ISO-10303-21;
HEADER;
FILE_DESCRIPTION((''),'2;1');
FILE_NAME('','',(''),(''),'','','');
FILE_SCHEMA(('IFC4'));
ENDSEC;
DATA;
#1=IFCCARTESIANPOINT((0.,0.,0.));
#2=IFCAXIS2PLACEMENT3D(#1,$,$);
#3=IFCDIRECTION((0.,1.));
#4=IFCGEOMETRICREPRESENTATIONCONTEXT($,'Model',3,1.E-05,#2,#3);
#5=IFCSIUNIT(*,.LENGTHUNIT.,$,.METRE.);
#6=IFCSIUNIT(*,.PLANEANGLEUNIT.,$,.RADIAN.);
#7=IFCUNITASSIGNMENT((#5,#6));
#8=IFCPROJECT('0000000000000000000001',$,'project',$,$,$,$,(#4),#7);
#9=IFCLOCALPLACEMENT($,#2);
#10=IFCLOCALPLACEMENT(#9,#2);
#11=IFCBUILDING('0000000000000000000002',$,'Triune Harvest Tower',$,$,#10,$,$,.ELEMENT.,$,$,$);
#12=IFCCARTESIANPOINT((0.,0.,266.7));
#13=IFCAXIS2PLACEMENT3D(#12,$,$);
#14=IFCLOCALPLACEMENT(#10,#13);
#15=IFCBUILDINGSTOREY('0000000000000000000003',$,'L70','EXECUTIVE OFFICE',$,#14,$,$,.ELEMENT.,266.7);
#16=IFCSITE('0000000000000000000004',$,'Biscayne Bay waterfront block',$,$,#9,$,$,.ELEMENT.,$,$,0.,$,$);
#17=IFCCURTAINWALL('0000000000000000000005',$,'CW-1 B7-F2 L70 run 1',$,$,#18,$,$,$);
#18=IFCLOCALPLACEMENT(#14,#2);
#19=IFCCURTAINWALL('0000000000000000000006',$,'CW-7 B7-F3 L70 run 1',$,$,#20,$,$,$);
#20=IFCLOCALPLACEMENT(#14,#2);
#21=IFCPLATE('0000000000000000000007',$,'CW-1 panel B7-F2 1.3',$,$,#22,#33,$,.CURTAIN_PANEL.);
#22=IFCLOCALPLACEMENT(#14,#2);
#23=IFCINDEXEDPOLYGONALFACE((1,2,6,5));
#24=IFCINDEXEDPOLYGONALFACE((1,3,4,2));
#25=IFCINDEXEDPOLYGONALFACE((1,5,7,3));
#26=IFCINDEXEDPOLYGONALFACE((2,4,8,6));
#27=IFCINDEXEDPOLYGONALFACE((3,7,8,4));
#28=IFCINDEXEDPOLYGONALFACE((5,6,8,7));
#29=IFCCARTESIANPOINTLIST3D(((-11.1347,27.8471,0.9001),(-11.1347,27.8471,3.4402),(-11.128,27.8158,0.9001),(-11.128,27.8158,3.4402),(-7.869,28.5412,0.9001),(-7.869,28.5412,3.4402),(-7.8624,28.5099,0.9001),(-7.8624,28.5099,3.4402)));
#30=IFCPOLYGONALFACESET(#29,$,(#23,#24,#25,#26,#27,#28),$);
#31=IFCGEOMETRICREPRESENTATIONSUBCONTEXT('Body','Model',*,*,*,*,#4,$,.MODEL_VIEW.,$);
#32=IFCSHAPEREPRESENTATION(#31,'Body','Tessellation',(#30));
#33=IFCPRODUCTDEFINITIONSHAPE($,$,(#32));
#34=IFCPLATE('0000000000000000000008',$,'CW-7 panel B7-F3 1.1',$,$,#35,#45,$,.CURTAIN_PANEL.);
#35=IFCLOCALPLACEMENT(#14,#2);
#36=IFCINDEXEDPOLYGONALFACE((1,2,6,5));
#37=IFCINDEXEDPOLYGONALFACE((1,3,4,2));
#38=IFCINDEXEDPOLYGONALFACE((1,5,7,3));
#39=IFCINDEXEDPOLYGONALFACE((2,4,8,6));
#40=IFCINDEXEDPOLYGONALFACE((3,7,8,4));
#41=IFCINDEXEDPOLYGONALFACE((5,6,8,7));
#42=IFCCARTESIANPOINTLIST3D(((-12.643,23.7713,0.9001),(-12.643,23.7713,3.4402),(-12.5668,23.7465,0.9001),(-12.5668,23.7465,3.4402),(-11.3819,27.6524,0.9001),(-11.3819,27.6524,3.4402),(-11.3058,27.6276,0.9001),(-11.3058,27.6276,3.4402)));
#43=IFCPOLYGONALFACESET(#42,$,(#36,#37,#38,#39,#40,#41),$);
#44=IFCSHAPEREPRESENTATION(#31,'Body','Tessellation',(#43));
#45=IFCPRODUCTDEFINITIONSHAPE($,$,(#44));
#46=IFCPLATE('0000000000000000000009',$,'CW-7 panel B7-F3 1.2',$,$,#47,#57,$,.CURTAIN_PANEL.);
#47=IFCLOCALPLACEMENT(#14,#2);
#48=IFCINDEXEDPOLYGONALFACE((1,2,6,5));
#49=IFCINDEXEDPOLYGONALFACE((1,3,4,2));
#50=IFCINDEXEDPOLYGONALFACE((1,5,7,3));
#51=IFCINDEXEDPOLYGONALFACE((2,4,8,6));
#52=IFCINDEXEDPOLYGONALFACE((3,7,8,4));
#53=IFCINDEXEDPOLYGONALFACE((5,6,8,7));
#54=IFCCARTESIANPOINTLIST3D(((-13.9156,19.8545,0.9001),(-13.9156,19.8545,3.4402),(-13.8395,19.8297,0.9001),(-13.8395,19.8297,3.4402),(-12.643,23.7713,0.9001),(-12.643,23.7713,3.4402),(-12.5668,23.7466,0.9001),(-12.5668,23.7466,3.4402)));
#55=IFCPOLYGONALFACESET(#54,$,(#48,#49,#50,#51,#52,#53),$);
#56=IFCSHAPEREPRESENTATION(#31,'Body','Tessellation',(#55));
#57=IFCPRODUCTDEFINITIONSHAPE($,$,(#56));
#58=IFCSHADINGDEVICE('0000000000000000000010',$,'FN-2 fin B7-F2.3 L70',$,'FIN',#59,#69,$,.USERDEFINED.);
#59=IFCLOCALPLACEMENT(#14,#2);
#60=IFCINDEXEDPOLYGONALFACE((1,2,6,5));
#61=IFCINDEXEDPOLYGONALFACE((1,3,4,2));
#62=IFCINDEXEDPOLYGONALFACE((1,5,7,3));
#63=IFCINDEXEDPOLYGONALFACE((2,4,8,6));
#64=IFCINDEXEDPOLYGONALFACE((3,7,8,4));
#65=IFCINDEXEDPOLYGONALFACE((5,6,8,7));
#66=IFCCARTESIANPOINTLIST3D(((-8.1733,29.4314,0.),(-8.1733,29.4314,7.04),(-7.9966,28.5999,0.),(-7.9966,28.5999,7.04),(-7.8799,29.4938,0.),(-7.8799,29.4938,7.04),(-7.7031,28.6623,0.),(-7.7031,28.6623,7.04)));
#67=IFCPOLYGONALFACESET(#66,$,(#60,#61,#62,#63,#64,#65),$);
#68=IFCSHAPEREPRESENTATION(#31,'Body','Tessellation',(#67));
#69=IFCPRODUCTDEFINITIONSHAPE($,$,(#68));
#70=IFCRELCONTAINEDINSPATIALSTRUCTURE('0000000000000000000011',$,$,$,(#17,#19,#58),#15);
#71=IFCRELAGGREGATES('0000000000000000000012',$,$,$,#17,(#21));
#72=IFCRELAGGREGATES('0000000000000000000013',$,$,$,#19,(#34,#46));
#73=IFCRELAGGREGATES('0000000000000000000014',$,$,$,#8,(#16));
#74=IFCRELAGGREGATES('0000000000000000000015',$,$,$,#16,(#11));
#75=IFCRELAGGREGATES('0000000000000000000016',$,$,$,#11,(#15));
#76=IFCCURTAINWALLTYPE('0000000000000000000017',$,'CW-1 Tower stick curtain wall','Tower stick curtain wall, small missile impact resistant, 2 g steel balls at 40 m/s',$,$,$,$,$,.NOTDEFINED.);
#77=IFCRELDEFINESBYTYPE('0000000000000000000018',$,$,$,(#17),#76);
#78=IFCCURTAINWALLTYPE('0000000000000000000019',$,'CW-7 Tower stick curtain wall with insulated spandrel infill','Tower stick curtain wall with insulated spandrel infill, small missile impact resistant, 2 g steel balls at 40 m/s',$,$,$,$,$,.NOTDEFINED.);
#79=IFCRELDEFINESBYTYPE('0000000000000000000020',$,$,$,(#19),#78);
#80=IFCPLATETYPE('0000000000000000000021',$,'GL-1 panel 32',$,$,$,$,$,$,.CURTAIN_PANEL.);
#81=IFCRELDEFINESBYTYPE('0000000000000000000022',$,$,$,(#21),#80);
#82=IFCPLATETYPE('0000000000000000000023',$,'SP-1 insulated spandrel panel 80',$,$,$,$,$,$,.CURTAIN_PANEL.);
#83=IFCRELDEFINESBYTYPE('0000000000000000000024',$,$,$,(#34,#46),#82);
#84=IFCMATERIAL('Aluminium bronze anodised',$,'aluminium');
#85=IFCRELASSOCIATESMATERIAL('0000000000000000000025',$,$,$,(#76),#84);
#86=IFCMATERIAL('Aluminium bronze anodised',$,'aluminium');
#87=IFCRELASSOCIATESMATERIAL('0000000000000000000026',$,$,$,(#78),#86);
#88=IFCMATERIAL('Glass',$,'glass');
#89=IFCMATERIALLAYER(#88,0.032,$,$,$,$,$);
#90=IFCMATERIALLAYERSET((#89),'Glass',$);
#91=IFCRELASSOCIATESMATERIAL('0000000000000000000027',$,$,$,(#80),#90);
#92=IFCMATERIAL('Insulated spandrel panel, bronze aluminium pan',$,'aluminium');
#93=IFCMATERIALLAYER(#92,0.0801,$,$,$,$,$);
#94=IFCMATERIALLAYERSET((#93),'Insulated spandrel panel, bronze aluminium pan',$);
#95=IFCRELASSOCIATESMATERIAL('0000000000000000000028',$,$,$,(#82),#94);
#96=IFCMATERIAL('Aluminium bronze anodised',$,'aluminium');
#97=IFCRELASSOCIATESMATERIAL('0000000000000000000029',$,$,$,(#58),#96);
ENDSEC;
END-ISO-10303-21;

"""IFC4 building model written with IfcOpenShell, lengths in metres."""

from ifc_helpers import new_model, si_unit, direction, frame, origin, origin_2d, place, context, subcontext, project, spatial, rectangle, extrude, source, transform, mapped, material, layer, layer_set, type_object, element, aggregate, save


model = new_model("IFC4")

# Units and contexts
model_context = context("Model", 3, precision=1e-05, world=origin(), true_north=direction((0.0, 1.0)))
body_context = subcontext(model_context, "Body", "Model", "MODEL_VIEW")
ifc_project = project(units=[si_unit("LENGTHUNIT", "METRE"), si_unit("PLANEANGLEUNIT", "RADIAN")], contexts=[model_context])

# Site, building, storey
site_placement = place(None, origin())
site = spatial("IfcSite", under=ifc_project, at=site_placement, Name="Biscayne Bay waterfront block", CompositionType="ELEMENT", RefElevation=0.0)
building_placement = place(site_placement, origin())
building = spatial("IfcBuilding", under=site, at=building_placement, Name="Triune Harvest Tower", CompositionType="ELEMENT")
storey_placement = place(building_placement, frame((0.0, 0.0, 266.7)))
storey = spatial("IfcBuildingStorey", under=building, at=storey_placement, Name="L70", Description="EXECUTIVE OFFICE", CompositionType="ELEMENT", Elevation=266.7)

# Curtain wall
ifc_material_1 = material(Name="Aluminium bronze anodised", Category="aluminium")
curtain_wall_type_1 = type_object("IfcCurtainWallType", Name="CW-1 Tower stick curtain wall", Description="Tower stick curtain wall, small missile impact resistant, 2 g steel balls at 40 m/s", PredefinedType="NOTDEFINED", material=ifc_material_1)
curtain_wall_1_placement = place(storey_placement, origin())
curtain_wall_1 = element("IfcCurtainWall", 1, at=curtain_wall_1_placement, inside=storey, type_object=curtain_wall_type_1, Name="CW-1 B7-F2 L70 run 1")

# Curtain wall
ifc_material_2 = material(Name="Aluminium bronze anodised", Category="aluminium")
curtain_wall_type_2 = type_object("IfcCurtainWallType", Name="CW-7 Tower stick curtain wall with insulated spandrel infill", Description="Tower stick curtain wall with insulated spandrel infill, small missile impact resistant, 2 g steel balls at 40 m/s", PredefinedType="NOTDEFINED", material=ifc_material_2)
curtain_wall_2_placement = place(storey_placement, origin())
curtain_wall_2 = element("IfcCurtainWall", 2, at=curtain_wall_2_placement, inside=storey, type_object=curtain_wall_type_2, Name="CW-7 B7-F3 L70 run 1")

# Plates
ifc_material_3 = material(Name="Glass", Category="glass")
ifc_layer_1 = layer(ifc_material_3, 0.032)
ifc_layer_set_1 = layer_set([ifc_layer_1], Name="Glass")
plate_type_1 = type_object("IfcPlateType", Name="GL-1 panel 32", PredefinedType="CURTAIN_PANEL", material=ifc_layer_set_1)
shared_shape_1 = source(origin(), body_context, "Body", "SweptSolid", [
    extrude(rectangle(XDim=3.3386, YDim=0.032, at=origin_2d()), origin(), (0.0, 0.0, 1.0), 2.54),
])
plate_1_placement = place(storey_placement, frame((-9.4985, 28.1785, 0.9001), z_axis=(0.0, 0.0, 1.0), x_axis=(-0.978149, -0.207905, 0.0)))
plate_1 = element("IfcPlate", 3, at=plate_1_placement, type_object=plate_type_1, Name="CW-1 panel B7-F2 1.3", PredefinedType="CURTAIN_PANEL", context=body_context, shape_type="MappedRepresentation", body=[
    mapped(shared_shape_1, transform((0.0, 0.0, 0.0), scale=1.0)),
])
aggregate(curtain_wall_1, [plate_1])
ifc_material_4 = material(Name="Insulated spandrel panel, bronze aluminium pan", Category="aluminium")
ifc_layer_2 = layer(ifc_material_4, 0.0801)
ifc_layer_set_2 = layer_set([ifc_layer_2], Name="Insulated spandrel panel, bronze aluminium pan")
plate_type_2 = type_object("IfcPlateType", Name="SP-1 insulated spandrel panel 80", PredefinedType="CURTAIN_PANEL", material=ifc_layer_set_2)
shared_shape_2 = source(origin(), body_context, "Body", "SweptSolid", [
    extrude(rectangle(XDim=4.0808, YDim=0.0801, at=origin_2d()), origin(), (0.0, 0.0, 1.0), 2.54),
])
plate_2_placement = place(storey_placement, frame((-11.9744, 25.6995, 0.9001), z_axis=(0.0, 0.0, 1.0), x_axis=(-0.309014, -0.951058, 0.0)))
plate_2 = element("IfcPlate", 4, at=plate_2_placement, type_object=plate_type_2, Name="CW-7 panel B7-F3 1.1", PredefinedType="CURTAIN_PANEL", context=body_context, shape_type="MappedRepresentation", body=[
    mapped(shared_shape_2, transform((0.0, 0.0, 0.0), scale=1.0)),
])
shared_shape_3 = source(origin(), body_context, "Body", "SweptSolid", [
    extrude(rectangle(XDim=4.1184, YDim=0.0801, at=origin_2d()), origin(), (0.0, 0.0, 1.0), 2.54),
])
plate_3_placement = place(storey_placement, frame((-13.2412, 21.8005, 0.9001), z_axis=(0.0, 0.0, 1.0), x_axis=(-0.309014, -0.951058, 0.0)))
plate_3 = element("IfcPlate", 5, at=plate_3_placement, type_object=plate_type_2, Name="CW-7 panel B7-F3 1.2", PredefinedType="CURTAIN_PANEL", context=body_context, shape_type="MappedRepresentation", body=[
    mapped(shared_shape_3, transform((0.0, 0.0, 0.0), scale=1.0)),
])
aggregate(curtain_wall_2, [plate_2, plate_3])

# Shading device
ifc_material_5 = material(Name="Aluminium bronze anodised", Category="aluminium")
shared_shape_4 = source(origin(), body_context, "Body", "SweptSolid", [
    extrude(rectangle(XDim=0.3, YDim=0.8501, at=origin_2d()), origin(), (0.0, 0.0, 1.0), 7.04),
])
shading_device_placement = place(storey_placement, frame((-7.9382, 29.0469, 0.0), z_axis=(0.0, 0.0, 1.0), x_axis=(-0.978149, -0.207905, 0.0)))
element("IfcShadingDevice", 6, at=shading_device_placement, inside=storey, material=ifc_material_5, Name="FN-2 fin B7-F2.3 L70", ObjectType="FIN", PredefinedType="USERDEFINED", context=body_context, shape_type="MappedRepresentation", body=[
    mapped(shared_shape_4, transform((0.0, 0.0, 0.0), scale=1.0)),
])

save(model, "model.ifc")
